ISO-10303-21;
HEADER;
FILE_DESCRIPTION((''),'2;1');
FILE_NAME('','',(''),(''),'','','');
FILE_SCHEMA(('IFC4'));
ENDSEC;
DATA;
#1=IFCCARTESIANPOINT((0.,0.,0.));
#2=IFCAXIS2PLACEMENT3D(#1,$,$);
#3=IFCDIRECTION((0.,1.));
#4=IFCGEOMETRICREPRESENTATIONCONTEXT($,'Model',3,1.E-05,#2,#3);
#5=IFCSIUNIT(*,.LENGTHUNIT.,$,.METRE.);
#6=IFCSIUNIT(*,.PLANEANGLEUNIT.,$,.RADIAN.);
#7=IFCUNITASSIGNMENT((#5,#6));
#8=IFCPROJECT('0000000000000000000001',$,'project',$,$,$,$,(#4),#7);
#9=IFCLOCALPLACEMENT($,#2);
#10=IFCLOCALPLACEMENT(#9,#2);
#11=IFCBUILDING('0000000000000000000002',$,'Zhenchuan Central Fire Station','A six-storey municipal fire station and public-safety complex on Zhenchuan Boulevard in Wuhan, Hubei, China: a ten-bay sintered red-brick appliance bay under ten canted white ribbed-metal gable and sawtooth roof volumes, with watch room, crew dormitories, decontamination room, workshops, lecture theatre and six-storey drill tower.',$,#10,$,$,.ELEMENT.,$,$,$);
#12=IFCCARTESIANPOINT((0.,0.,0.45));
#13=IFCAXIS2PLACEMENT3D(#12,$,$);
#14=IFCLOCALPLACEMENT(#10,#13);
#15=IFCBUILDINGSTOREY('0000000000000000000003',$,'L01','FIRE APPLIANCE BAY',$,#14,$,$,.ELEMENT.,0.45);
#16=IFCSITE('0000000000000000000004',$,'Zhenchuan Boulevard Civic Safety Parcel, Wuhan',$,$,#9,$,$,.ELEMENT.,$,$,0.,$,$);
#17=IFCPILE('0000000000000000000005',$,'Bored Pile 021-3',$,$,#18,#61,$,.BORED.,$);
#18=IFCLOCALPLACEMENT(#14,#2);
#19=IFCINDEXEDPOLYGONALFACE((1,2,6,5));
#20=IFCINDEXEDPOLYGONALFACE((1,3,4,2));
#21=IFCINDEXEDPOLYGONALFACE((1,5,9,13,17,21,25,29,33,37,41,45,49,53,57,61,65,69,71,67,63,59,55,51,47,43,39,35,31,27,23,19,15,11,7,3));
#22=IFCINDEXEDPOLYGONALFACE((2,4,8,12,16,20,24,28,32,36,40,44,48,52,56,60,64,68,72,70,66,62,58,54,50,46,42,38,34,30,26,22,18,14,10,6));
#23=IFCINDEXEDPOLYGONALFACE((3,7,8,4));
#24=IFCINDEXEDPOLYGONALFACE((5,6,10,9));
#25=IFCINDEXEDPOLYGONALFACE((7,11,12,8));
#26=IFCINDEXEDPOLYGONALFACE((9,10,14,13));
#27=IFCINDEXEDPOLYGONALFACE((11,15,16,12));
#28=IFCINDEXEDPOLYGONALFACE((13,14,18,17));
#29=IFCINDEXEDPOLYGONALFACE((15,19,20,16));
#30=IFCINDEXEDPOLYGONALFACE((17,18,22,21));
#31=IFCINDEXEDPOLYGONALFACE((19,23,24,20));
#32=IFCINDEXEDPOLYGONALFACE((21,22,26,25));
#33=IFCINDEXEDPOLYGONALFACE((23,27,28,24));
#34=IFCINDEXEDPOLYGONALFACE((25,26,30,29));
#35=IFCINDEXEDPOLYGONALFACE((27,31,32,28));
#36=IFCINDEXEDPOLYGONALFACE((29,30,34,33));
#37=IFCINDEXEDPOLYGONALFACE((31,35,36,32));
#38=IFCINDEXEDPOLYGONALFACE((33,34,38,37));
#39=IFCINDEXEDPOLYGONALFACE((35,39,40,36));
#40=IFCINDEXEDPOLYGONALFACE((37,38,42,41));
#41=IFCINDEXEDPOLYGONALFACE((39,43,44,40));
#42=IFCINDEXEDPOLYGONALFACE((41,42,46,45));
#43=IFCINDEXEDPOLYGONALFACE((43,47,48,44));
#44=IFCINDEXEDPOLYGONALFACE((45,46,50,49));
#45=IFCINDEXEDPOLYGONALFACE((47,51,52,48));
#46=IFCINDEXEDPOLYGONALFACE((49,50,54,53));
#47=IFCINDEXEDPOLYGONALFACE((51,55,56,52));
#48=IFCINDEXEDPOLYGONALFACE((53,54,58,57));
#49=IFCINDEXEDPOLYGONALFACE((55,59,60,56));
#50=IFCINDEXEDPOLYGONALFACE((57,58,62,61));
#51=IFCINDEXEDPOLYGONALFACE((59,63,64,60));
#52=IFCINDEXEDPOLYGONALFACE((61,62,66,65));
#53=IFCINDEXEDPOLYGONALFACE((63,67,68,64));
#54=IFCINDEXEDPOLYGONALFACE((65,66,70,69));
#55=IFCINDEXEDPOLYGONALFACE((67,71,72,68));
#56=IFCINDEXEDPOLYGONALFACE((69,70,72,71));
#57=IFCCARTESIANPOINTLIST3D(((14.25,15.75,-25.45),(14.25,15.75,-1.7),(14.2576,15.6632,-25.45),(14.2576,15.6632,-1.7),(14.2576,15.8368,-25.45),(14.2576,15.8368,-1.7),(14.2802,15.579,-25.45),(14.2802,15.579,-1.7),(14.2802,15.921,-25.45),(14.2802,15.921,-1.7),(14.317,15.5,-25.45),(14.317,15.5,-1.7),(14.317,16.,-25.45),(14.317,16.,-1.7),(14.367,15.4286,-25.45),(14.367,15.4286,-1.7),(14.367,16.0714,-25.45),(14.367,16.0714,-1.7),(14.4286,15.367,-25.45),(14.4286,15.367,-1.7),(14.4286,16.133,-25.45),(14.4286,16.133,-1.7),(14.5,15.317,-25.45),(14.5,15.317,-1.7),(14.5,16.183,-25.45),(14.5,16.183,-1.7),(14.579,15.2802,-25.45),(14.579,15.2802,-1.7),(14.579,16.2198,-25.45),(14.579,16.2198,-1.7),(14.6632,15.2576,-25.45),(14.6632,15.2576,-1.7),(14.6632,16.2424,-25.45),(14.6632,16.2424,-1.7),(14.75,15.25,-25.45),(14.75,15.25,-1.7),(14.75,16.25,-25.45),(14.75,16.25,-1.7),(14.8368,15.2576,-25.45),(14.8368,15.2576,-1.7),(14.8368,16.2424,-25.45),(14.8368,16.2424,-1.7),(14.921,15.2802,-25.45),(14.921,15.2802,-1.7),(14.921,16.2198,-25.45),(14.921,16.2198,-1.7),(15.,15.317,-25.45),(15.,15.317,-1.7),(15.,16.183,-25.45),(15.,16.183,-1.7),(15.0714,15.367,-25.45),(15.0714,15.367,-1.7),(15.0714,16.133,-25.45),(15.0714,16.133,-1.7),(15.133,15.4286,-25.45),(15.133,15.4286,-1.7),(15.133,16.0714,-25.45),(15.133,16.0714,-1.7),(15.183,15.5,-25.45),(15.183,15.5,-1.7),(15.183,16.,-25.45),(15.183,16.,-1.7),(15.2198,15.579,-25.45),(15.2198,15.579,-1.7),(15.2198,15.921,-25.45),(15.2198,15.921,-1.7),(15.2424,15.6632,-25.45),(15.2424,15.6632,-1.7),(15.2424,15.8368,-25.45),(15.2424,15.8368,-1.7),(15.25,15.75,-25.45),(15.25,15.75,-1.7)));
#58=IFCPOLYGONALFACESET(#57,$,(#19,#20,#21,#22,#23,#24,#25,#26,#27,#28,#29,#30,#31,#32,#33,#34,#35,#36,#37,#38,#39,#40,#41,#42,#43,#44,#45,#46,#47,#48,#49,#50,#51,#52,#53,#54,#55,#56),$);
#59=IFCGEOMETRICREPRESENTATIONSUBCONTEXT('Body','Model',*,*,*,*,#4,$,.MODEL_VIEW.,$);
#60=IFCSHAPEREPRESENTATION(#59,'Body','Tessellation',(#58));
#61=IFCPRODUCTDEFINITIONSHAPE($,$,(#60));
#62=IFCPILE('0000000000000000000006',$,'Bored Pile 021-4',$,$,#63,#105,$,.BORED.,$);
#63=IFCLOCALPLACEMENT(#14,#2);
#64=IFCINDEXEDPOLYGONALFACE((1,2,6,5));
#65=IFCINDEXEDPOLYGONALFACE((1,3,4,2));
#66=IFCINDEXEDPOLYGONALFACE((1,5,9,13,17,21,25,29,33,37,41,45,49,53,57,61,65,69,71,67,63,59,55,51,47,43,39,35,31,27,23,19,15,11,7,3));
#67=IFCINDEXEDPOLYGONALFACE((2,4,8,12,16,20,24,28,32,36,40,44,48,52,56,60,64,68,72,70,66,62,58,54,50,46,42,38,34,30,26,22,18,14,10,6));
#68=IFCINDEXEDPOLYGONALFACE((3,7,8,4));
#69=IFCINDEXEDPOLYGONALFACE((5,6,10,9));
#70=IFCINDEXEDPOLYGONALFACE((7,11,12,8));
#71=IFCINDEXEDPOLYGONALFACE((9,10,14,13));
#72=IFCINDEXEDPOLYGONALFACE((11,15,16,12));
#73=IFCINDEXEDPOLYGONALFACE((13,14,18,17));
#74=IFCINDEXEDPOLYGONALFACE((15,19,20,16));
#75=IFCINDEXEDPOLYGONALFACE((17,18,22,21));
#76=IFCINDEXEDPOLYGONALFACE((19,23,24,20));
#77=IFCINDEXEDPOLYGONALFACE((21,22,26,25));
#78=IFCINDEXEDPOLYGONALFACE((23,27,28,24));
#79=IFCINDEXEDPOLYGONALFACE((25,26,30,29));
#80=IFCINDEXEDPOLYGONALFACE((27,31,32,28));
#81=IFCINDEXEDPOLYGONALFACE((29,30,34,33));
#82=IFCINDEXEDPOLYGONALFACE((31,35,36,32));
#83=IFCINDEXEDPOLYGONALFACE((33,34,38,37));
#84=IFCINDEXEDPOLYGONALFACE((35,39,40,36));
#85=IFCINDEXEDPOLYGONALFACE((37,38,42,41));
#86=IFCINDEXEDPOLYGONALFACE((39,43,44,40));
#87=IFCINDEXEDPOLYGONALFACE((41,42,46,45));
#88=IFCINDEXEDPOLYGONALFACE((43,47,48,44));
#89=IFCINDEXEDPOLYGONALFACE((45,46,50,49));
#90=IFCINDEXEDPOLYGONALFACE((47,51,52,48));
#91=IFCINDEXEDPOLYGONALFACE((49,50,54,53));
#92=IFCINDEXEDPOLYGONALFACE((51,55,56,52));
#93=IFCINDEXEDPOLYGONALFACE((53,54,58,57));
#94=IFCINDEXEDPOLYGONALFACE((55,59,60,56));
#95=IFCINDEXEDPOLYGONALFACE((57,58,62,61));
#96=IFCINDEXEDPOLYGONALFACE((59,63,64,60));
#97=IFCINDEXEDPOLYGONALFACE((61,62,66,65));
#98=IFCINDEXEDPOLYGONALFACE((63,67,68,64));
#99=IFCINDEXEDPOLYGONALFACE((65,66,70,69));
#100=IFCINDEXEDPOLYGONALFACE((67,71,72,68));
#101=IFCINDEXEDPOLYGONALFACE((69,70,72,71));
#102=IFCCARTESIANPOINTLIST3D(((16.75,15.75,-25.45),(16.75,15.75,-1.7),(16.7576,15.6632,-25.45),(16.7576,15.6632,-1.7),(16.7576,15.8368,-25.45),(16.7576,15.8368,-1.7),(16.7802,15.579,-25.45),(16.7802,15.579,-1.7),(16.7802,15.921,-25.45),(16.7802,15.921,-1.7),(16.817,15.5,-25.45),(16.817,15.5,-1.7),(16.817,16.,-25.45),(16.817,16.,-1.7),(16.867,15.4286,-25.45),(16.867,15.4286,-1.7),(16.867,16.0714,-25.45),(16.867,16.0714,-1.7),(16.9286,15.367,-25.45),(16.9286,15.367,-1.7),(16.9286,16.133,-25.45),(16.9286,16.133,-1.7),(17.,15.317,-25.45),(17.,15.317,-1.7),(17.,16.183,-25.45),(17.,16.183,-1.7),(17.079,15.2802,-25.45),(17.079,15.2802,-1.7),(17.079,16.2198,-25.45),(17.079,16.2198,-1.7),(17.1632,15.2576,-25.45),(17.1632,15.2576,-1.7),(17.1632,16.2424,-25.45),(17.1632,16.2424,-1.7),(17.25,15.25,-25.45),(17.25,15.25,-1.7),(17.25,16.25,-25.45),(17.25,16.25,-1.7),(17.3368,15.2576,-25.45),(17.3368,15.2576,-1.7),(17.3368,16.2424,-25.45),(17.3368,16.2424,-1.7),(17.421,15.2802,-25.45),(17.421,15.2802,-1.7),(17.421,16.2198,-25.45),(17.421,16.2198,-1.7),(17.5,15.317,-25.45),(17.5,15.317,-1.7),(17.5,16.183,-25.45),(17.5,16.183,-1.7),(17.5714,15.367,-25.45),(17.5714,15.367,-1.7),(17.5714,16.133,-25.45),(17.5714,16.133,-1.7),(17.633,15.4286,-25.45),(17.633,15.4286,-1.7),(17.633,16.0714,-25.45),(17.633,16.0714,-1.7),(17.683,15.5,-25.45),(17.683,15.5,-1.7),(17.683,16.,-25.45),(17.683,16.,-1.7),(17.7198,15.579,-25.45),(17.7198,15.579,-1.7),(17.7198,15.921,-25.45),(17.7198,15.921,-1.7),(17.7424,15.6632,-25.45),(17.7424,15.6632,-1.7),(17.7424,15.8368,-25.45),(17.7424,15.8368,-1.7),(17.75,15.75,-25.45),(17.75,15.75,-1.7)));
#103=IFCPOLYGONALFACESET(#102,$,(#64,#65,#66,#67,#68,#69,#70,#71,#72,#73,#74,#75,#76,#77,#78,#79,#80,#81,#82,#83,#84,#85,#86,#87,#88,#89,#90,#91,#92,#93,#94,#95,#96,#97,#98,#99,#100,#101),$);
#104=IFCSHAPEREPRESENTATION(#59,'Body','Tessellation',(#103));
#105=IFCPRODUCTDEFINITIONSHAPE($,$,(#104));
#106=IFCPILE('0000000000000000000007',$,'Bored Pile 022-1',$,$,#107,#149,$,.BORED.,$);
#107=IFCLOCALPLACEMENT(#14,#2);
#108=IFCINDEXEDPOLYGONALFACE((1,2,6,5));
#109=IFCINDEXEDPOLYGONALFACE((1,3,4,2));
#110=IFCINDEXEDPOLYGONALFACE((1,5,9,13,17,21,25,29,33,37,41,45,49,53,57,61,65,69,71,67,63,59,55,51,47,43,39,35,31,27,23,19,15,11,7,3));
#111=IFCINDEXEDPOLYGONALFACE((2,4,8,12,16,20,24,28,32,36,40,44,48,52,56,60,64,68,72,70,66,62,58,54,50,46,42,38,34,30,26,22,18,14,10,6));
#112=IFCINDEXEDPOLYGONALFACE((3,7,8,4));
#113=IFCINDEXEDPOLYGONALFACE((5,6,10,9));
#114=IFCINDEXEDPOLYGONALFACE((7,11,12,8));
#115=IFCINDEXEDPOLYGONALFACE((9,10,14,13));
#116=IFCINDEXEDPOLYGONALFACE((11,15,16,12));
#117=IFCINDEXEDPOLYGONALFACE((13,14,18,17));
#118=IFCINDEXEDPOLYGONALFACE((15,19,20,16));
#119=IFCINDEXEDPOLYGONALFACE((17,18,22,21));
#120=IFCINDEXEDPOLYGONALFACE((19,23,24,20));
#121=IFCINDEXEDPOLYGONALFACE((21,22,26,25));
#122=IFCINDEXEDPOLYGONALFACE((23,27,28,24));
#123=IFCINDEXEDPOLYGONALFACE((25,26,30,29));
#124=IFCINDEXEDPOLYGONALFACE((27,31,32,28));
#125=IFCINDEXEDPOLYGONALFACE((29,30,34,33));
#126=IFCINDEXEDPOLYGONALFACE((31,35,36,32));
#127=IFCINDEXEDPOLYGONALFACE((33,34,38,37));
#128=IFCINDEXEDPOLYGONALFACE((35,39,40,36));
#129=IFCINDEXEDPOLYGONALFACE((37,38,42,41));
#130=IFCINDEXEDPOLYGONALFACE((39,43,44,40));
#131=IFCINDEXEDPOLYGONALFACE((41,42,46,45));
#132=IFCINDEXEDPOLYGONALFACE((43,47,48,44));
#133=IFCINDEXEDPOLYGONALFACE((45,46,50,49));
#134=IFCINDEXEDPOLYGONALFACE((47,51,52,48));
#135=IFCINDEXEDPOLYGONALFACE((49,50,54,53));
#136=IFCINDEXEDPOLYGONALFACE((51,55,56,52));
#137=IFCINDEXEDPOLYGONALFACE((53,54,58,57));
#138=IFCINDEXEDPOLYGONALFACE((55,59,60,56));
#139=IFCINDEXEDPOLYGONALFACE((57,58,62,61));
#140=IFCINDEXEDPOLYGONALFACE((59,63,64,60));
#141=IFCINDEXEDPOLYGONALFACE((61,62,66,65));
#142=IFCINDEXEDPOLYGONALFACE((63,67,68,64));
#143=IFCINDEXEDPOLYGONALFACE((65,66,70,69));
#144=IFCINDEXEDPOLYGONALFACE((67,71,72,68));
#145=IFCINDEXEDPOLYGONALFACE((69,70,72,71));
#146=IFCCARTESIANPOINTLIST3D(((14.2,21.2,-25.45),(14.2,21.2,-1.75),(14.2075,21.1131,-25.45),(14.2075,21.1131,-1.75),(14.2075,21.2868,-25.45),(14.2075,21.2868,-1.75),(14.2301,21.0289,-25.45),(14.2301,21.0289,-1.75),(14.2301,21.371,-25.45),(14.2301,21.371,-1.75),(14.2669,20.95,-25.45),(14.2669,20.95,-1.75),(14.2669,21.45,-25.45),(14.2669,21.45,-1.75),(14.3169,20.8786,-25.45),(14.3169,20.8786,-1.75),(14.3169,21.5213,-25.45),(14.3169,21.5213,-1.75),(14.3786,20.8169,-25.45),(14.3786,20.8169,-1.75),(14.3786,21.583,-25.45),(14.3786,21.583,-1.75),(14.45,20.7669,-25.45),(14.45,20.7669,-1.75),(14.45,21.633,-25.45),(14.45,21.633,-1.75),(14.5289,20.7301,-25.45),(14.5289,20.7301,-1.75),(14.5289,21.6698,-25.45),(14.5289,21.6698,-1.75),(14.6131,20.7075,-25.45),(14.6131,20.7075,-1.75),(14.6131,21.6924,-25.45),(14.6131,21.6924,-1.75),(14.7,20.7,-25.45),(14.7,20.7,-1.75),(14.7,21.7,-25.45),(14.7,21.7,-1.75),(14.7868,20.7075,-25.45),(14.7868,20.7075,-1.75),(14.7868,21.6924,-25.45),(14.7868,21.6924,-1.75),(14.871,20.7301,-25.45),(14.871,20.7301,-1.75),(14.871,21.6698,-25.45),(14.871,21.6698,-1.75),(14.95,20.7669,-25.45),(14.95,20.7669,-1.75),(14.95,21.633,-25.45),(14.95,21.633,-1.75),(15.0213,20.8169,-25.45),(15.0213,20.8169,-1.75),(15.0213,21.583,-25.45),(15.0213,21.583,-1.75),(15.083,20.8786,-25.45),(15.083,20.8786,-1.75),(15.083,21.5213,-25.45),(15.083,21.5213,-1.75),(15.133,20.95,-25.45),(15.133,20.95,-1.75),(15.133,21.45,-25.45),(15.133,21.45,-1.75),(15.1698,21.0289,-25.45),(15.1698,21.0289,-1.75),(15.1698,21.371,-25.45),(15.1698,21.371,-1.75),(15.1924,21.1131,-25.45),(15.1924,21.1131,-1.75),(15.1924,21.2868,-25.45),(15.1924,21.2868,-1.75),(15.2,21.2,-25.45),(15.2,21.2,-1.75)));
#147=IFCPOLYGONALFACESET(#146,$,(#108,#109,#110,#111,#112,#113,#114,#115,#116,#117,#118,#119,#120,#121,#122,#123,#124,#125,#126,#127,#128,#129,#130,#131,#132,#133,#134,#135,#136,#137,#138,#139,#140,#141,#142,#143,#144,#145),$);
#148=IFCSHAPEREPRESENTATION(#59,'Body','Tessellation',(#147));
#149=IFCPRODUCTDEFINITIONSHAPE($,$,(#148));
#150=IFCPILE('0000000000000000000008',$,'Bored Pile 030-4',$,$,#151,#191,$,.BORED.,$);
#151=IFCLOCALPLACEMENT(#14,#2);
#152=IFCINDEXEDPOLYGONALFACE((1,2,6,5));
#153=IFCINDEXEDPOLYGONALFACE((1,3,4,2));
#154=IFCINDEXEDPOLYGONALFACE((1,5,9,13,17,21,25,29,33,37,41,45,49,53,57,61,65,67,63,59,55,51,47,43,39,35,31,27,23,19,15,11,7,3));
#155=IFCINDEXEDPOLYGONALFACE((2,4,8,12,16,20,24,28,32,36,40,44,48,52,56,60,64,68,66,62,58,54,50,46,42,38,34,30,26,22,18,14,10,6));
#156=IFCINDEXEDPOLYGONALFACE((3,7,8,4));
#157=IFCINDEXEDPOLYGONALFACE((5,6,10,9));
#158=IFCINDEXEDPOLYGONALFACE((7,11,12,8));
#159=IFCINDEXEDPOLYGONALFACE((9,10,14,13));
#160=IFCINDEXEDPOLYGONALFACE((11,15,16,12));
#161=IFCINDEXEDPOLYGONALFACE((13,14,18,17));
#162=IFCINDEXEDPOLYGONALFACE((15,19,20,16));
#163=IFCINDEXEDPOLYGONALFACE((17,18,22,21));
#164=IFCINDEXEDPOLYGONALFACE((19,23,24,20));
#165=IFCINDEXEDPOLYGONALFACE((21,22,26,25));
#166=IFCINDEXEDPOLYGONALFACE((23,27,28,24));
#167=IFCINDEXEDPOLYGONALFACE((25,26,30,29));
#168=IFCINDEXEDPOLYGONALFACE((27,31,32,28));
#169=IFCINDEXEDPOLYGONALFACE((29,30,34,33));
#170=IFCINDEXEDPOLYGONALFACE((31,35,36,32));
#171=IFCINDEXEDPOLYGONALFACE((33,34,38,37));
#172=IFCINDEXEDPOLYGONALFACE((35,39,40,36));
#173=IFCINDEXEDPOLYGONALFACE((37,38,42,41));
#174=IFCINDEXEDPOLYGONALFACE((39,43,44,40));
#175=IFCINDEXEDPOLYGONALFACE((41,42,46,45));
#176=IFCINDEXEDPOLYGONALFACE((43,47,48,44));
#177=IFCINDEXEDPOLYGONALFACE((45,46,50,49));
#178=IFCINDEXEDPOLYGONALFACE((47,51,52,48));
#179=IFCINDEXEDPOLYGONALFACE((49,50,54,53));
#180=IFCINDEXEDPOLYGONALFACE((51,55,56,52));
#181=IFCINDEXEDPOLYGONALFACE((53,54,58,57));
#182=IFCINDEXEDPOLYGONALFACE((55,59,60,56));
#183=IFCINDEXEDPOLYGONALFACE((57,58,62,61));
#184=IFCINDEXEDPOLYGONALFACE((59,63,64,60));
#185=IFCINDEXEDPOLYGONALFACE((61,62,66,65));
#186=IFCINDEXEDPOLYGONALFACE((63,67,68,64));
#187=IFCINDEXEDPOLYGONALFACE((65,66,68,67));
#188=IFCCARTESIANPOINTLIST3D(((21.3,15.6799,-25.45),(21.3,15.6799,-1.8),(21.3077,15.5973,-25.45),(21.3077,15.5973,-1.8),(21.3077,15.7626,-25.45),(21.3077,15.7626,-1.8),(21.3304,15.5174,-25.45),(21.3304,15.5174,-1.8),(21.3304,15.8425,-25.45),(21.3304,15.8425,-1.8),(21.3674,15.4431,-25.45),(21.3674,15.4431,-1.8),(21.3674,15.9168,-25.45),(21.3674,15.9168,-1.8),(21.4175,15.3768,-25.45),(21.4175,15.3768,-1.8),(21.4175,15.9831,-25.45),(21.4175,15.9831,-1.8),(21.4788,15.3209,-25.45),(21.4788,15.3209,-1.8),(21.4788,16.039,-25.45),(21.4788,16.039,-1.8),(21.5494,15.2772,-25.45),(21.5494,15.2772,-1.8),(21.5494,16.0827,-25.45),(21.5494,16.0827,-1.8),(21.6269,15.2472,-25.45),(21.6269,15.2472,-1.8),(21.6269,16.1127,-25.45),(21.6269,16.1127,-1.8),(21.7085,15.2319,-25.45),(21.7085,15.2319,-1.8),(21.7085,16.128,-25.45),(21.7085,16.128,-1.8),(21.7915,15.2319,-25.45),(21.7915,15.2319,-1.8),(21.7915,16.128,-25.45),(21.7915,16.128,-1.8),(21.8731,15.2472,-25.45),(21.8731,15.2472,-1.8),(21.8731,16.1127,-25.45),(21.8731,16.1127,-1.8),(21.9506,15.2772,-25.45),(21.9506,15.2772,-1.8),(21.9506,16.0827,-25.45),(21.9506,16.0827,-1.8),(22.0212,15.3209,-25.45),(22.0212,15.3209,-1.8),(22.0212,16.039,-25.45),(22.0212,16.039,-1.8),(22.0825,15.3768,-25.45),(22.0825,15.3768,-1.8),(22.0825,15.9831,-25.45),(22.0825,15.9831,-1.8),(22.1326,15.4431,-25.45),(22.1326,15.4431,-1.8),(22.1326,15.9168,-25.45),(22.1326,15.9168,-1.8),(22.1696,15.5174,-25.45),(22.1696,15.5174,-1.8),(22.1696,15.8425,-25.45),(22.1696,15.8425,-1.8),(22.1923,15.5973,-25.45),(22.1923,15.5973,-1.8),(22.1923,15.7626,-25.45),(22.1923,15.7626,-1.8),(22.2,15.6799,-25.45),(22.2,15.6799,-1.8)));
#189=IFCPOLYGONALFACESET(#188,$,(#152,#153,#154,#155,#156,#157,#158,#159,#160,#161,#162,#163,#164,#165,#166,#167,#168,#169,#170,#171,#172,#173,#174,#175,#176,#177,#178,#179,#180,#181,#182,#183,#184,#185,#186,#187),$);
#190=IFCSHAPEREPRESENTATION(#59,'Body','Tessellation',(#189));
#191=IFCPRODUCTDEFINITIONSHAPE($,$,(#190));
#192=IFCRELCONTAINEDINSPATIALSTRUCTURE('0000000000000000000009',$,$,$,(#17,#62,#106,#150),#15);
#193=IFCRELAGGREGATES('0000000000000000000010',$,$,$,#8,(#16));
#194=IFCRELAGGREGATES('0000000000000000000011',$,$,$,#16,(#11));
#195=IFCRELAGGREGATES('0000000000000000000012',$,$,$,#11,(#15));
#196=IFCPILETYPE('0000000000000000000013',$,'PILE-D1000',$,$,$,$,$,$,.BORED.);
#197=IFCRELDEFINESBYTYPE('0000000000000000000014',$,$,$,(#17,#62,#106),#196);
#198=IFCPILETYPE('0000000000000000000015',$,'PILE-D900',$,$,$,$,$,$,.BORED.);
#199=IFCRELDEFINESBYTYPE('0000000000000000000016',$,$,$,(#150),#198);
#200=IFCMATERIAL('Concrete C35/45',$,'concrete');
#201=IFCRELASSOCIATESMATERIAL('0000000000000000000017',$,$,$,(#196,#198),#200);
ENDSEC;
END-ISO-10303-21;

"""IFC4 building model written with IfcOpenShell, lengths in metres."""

from ifc_helpers import new_model, si_unit, direction, frame, origin, origin_2d, place, context, subcontext, project, spatial, circle, extrude, material, material_profile, profile_set, type_object, element, save


model = new_model("IFC4")

# Units and contexts
model_context = context("Model", 3, precision=1e-05, world=origin(), true_north=direction((0.0, 1.0)))
body_context = subcontext(model_context, "Body", "Model", "MODEL_VIEW")
ifc_project = project(units=[si_unit("LENGTHUNIT", "METRE"), si_unit("PLANEANGLEUNIT", "RADIAN")], contexts=[model_context])

# Site, building, storey
site_placement = place(None, origin())
site = spatial("IfcSite", under=ifc_project, at=site_placement, Name="Zhenchuan Boulevard Civic Safety Parcel, Wuhan", CompositionType="ELEMENT", RefElevation=0.0)
building_placement = place(site_placement, origin())
building = spatial("IfcBuilding", under=site, at=building_placement, Name="Zhenchuan Central Fire Station", Description="A six-storey municipal fire station and public-safety complex on Zhenchuan Boulevard in Wuhan, Hubei, China: a ten-bay sintered red-brick appliance bay under ten canted white ribbed-metal gable and sawtooth roof volumes, with watch room, crew dormitories, decontamination room, workshops, lecture theatre and six-storey drill tower.", CompositionType="ELEMENT")
storey_placement = place(building_placement, frame((0.0, 0.0, 0.45)))
storey = spatial("IfcBuildingStorey", under=building, at=storey_placement, Name="L01", Description="FIRE APPLIANCE BAY", CompositionType="ELEMENT", Elevation=0.45)

# Piles
ifc_material_1 = material(Name="Concrete C35/45", Category="concrete")
ifc_material_profile_1 = material_profile(ifc_material_1, circle(Radius=0.5, at=origin_2d()), Name="PILE D1000")
ifc_profile_set_1 = profile_set([ifc_material_profile_1], Name="Concrete C35/45")
pile_type_1 = type_object("IfcPileType", Name="PILE-D1000", PredefinedType="BORED", material=ifc_profile_set_1)
for number, where, z_axis, x_axis, name in (
    (1, (14.75, 15.75, -1.7), (0.0, 0.0, -1.0), (1.0, 0.0, 0.0), "Bored Pile 021-3"),
    (2, (17.25, 15.75, -1.7), (0.0, 0.0, -1.0), (1.0, 0.0, 0.0), "Bored Pile 021-4"),
):
    element("IfcPile", number, at=place(storey_placement, frame(where, z_axis=z_axis, x_axis=x_axis)), inside=storey, type_object=pile_type_1, Name=name, PredefinedType="BORED", context=body_context, shape_type="SweptSolid", body=[
        extrude(circle(Radius=0.5, at=origin_2d()), origin(), (0.0, 0.0, 1.0), 23.75),
    ])
pile_1_placement = place(storey_placement, frame((14.7, 21.2, -1.75), z_axis=(0.0, 0.0, -1.0), x_axis=(1.0, 0.0, 0.0)))
element("IfcPile", 3, at=pile_1_placement, inside=storey, type_object=pile_type_1, Name="Bored Pile 022-1", PredefinedType="BORED", context=body_context, shape_type="SweptSolid", body=[
    extrude(circle(Radius=0.5, at=origin_2d()), origin(), (0.0, 0.0, 1.0), 23.7),
])
ifc_material_profile_2 = material_profile(ifc_material_1, circle(Radius=0.45, at=origin_2d()), Name="PILE D900")
ifc_profile_set_2 = profile_set([ifc_material_profile_2], Name="Concrete C35/45")
pile_type_2 = type_object("IfcPileType", Name="PILE-D900", PredefinedType="BORED", material=ifc_profile_set_2)
pile_2_placement = place(storey_placement, frame((21.75, 15.6799, -1.8), z_axis=(0.0, 0.0, -1.0), x_axis=(1.0, 0.0, 0.0)))
element("IfcPile", 4, at=pile_2_placement, inside=storey, type_object=pile_type_2, Name="Bored Pile 030-4", PredefinedType="BORED", context=body_context, shape_type="SweptSolid", body=[
    extrude(circle(Radius=0.45, at=origin_2d()), origin(), (0.0, 0.0, 1.0), 23.6499),
])

save(model, "model.ifc")
